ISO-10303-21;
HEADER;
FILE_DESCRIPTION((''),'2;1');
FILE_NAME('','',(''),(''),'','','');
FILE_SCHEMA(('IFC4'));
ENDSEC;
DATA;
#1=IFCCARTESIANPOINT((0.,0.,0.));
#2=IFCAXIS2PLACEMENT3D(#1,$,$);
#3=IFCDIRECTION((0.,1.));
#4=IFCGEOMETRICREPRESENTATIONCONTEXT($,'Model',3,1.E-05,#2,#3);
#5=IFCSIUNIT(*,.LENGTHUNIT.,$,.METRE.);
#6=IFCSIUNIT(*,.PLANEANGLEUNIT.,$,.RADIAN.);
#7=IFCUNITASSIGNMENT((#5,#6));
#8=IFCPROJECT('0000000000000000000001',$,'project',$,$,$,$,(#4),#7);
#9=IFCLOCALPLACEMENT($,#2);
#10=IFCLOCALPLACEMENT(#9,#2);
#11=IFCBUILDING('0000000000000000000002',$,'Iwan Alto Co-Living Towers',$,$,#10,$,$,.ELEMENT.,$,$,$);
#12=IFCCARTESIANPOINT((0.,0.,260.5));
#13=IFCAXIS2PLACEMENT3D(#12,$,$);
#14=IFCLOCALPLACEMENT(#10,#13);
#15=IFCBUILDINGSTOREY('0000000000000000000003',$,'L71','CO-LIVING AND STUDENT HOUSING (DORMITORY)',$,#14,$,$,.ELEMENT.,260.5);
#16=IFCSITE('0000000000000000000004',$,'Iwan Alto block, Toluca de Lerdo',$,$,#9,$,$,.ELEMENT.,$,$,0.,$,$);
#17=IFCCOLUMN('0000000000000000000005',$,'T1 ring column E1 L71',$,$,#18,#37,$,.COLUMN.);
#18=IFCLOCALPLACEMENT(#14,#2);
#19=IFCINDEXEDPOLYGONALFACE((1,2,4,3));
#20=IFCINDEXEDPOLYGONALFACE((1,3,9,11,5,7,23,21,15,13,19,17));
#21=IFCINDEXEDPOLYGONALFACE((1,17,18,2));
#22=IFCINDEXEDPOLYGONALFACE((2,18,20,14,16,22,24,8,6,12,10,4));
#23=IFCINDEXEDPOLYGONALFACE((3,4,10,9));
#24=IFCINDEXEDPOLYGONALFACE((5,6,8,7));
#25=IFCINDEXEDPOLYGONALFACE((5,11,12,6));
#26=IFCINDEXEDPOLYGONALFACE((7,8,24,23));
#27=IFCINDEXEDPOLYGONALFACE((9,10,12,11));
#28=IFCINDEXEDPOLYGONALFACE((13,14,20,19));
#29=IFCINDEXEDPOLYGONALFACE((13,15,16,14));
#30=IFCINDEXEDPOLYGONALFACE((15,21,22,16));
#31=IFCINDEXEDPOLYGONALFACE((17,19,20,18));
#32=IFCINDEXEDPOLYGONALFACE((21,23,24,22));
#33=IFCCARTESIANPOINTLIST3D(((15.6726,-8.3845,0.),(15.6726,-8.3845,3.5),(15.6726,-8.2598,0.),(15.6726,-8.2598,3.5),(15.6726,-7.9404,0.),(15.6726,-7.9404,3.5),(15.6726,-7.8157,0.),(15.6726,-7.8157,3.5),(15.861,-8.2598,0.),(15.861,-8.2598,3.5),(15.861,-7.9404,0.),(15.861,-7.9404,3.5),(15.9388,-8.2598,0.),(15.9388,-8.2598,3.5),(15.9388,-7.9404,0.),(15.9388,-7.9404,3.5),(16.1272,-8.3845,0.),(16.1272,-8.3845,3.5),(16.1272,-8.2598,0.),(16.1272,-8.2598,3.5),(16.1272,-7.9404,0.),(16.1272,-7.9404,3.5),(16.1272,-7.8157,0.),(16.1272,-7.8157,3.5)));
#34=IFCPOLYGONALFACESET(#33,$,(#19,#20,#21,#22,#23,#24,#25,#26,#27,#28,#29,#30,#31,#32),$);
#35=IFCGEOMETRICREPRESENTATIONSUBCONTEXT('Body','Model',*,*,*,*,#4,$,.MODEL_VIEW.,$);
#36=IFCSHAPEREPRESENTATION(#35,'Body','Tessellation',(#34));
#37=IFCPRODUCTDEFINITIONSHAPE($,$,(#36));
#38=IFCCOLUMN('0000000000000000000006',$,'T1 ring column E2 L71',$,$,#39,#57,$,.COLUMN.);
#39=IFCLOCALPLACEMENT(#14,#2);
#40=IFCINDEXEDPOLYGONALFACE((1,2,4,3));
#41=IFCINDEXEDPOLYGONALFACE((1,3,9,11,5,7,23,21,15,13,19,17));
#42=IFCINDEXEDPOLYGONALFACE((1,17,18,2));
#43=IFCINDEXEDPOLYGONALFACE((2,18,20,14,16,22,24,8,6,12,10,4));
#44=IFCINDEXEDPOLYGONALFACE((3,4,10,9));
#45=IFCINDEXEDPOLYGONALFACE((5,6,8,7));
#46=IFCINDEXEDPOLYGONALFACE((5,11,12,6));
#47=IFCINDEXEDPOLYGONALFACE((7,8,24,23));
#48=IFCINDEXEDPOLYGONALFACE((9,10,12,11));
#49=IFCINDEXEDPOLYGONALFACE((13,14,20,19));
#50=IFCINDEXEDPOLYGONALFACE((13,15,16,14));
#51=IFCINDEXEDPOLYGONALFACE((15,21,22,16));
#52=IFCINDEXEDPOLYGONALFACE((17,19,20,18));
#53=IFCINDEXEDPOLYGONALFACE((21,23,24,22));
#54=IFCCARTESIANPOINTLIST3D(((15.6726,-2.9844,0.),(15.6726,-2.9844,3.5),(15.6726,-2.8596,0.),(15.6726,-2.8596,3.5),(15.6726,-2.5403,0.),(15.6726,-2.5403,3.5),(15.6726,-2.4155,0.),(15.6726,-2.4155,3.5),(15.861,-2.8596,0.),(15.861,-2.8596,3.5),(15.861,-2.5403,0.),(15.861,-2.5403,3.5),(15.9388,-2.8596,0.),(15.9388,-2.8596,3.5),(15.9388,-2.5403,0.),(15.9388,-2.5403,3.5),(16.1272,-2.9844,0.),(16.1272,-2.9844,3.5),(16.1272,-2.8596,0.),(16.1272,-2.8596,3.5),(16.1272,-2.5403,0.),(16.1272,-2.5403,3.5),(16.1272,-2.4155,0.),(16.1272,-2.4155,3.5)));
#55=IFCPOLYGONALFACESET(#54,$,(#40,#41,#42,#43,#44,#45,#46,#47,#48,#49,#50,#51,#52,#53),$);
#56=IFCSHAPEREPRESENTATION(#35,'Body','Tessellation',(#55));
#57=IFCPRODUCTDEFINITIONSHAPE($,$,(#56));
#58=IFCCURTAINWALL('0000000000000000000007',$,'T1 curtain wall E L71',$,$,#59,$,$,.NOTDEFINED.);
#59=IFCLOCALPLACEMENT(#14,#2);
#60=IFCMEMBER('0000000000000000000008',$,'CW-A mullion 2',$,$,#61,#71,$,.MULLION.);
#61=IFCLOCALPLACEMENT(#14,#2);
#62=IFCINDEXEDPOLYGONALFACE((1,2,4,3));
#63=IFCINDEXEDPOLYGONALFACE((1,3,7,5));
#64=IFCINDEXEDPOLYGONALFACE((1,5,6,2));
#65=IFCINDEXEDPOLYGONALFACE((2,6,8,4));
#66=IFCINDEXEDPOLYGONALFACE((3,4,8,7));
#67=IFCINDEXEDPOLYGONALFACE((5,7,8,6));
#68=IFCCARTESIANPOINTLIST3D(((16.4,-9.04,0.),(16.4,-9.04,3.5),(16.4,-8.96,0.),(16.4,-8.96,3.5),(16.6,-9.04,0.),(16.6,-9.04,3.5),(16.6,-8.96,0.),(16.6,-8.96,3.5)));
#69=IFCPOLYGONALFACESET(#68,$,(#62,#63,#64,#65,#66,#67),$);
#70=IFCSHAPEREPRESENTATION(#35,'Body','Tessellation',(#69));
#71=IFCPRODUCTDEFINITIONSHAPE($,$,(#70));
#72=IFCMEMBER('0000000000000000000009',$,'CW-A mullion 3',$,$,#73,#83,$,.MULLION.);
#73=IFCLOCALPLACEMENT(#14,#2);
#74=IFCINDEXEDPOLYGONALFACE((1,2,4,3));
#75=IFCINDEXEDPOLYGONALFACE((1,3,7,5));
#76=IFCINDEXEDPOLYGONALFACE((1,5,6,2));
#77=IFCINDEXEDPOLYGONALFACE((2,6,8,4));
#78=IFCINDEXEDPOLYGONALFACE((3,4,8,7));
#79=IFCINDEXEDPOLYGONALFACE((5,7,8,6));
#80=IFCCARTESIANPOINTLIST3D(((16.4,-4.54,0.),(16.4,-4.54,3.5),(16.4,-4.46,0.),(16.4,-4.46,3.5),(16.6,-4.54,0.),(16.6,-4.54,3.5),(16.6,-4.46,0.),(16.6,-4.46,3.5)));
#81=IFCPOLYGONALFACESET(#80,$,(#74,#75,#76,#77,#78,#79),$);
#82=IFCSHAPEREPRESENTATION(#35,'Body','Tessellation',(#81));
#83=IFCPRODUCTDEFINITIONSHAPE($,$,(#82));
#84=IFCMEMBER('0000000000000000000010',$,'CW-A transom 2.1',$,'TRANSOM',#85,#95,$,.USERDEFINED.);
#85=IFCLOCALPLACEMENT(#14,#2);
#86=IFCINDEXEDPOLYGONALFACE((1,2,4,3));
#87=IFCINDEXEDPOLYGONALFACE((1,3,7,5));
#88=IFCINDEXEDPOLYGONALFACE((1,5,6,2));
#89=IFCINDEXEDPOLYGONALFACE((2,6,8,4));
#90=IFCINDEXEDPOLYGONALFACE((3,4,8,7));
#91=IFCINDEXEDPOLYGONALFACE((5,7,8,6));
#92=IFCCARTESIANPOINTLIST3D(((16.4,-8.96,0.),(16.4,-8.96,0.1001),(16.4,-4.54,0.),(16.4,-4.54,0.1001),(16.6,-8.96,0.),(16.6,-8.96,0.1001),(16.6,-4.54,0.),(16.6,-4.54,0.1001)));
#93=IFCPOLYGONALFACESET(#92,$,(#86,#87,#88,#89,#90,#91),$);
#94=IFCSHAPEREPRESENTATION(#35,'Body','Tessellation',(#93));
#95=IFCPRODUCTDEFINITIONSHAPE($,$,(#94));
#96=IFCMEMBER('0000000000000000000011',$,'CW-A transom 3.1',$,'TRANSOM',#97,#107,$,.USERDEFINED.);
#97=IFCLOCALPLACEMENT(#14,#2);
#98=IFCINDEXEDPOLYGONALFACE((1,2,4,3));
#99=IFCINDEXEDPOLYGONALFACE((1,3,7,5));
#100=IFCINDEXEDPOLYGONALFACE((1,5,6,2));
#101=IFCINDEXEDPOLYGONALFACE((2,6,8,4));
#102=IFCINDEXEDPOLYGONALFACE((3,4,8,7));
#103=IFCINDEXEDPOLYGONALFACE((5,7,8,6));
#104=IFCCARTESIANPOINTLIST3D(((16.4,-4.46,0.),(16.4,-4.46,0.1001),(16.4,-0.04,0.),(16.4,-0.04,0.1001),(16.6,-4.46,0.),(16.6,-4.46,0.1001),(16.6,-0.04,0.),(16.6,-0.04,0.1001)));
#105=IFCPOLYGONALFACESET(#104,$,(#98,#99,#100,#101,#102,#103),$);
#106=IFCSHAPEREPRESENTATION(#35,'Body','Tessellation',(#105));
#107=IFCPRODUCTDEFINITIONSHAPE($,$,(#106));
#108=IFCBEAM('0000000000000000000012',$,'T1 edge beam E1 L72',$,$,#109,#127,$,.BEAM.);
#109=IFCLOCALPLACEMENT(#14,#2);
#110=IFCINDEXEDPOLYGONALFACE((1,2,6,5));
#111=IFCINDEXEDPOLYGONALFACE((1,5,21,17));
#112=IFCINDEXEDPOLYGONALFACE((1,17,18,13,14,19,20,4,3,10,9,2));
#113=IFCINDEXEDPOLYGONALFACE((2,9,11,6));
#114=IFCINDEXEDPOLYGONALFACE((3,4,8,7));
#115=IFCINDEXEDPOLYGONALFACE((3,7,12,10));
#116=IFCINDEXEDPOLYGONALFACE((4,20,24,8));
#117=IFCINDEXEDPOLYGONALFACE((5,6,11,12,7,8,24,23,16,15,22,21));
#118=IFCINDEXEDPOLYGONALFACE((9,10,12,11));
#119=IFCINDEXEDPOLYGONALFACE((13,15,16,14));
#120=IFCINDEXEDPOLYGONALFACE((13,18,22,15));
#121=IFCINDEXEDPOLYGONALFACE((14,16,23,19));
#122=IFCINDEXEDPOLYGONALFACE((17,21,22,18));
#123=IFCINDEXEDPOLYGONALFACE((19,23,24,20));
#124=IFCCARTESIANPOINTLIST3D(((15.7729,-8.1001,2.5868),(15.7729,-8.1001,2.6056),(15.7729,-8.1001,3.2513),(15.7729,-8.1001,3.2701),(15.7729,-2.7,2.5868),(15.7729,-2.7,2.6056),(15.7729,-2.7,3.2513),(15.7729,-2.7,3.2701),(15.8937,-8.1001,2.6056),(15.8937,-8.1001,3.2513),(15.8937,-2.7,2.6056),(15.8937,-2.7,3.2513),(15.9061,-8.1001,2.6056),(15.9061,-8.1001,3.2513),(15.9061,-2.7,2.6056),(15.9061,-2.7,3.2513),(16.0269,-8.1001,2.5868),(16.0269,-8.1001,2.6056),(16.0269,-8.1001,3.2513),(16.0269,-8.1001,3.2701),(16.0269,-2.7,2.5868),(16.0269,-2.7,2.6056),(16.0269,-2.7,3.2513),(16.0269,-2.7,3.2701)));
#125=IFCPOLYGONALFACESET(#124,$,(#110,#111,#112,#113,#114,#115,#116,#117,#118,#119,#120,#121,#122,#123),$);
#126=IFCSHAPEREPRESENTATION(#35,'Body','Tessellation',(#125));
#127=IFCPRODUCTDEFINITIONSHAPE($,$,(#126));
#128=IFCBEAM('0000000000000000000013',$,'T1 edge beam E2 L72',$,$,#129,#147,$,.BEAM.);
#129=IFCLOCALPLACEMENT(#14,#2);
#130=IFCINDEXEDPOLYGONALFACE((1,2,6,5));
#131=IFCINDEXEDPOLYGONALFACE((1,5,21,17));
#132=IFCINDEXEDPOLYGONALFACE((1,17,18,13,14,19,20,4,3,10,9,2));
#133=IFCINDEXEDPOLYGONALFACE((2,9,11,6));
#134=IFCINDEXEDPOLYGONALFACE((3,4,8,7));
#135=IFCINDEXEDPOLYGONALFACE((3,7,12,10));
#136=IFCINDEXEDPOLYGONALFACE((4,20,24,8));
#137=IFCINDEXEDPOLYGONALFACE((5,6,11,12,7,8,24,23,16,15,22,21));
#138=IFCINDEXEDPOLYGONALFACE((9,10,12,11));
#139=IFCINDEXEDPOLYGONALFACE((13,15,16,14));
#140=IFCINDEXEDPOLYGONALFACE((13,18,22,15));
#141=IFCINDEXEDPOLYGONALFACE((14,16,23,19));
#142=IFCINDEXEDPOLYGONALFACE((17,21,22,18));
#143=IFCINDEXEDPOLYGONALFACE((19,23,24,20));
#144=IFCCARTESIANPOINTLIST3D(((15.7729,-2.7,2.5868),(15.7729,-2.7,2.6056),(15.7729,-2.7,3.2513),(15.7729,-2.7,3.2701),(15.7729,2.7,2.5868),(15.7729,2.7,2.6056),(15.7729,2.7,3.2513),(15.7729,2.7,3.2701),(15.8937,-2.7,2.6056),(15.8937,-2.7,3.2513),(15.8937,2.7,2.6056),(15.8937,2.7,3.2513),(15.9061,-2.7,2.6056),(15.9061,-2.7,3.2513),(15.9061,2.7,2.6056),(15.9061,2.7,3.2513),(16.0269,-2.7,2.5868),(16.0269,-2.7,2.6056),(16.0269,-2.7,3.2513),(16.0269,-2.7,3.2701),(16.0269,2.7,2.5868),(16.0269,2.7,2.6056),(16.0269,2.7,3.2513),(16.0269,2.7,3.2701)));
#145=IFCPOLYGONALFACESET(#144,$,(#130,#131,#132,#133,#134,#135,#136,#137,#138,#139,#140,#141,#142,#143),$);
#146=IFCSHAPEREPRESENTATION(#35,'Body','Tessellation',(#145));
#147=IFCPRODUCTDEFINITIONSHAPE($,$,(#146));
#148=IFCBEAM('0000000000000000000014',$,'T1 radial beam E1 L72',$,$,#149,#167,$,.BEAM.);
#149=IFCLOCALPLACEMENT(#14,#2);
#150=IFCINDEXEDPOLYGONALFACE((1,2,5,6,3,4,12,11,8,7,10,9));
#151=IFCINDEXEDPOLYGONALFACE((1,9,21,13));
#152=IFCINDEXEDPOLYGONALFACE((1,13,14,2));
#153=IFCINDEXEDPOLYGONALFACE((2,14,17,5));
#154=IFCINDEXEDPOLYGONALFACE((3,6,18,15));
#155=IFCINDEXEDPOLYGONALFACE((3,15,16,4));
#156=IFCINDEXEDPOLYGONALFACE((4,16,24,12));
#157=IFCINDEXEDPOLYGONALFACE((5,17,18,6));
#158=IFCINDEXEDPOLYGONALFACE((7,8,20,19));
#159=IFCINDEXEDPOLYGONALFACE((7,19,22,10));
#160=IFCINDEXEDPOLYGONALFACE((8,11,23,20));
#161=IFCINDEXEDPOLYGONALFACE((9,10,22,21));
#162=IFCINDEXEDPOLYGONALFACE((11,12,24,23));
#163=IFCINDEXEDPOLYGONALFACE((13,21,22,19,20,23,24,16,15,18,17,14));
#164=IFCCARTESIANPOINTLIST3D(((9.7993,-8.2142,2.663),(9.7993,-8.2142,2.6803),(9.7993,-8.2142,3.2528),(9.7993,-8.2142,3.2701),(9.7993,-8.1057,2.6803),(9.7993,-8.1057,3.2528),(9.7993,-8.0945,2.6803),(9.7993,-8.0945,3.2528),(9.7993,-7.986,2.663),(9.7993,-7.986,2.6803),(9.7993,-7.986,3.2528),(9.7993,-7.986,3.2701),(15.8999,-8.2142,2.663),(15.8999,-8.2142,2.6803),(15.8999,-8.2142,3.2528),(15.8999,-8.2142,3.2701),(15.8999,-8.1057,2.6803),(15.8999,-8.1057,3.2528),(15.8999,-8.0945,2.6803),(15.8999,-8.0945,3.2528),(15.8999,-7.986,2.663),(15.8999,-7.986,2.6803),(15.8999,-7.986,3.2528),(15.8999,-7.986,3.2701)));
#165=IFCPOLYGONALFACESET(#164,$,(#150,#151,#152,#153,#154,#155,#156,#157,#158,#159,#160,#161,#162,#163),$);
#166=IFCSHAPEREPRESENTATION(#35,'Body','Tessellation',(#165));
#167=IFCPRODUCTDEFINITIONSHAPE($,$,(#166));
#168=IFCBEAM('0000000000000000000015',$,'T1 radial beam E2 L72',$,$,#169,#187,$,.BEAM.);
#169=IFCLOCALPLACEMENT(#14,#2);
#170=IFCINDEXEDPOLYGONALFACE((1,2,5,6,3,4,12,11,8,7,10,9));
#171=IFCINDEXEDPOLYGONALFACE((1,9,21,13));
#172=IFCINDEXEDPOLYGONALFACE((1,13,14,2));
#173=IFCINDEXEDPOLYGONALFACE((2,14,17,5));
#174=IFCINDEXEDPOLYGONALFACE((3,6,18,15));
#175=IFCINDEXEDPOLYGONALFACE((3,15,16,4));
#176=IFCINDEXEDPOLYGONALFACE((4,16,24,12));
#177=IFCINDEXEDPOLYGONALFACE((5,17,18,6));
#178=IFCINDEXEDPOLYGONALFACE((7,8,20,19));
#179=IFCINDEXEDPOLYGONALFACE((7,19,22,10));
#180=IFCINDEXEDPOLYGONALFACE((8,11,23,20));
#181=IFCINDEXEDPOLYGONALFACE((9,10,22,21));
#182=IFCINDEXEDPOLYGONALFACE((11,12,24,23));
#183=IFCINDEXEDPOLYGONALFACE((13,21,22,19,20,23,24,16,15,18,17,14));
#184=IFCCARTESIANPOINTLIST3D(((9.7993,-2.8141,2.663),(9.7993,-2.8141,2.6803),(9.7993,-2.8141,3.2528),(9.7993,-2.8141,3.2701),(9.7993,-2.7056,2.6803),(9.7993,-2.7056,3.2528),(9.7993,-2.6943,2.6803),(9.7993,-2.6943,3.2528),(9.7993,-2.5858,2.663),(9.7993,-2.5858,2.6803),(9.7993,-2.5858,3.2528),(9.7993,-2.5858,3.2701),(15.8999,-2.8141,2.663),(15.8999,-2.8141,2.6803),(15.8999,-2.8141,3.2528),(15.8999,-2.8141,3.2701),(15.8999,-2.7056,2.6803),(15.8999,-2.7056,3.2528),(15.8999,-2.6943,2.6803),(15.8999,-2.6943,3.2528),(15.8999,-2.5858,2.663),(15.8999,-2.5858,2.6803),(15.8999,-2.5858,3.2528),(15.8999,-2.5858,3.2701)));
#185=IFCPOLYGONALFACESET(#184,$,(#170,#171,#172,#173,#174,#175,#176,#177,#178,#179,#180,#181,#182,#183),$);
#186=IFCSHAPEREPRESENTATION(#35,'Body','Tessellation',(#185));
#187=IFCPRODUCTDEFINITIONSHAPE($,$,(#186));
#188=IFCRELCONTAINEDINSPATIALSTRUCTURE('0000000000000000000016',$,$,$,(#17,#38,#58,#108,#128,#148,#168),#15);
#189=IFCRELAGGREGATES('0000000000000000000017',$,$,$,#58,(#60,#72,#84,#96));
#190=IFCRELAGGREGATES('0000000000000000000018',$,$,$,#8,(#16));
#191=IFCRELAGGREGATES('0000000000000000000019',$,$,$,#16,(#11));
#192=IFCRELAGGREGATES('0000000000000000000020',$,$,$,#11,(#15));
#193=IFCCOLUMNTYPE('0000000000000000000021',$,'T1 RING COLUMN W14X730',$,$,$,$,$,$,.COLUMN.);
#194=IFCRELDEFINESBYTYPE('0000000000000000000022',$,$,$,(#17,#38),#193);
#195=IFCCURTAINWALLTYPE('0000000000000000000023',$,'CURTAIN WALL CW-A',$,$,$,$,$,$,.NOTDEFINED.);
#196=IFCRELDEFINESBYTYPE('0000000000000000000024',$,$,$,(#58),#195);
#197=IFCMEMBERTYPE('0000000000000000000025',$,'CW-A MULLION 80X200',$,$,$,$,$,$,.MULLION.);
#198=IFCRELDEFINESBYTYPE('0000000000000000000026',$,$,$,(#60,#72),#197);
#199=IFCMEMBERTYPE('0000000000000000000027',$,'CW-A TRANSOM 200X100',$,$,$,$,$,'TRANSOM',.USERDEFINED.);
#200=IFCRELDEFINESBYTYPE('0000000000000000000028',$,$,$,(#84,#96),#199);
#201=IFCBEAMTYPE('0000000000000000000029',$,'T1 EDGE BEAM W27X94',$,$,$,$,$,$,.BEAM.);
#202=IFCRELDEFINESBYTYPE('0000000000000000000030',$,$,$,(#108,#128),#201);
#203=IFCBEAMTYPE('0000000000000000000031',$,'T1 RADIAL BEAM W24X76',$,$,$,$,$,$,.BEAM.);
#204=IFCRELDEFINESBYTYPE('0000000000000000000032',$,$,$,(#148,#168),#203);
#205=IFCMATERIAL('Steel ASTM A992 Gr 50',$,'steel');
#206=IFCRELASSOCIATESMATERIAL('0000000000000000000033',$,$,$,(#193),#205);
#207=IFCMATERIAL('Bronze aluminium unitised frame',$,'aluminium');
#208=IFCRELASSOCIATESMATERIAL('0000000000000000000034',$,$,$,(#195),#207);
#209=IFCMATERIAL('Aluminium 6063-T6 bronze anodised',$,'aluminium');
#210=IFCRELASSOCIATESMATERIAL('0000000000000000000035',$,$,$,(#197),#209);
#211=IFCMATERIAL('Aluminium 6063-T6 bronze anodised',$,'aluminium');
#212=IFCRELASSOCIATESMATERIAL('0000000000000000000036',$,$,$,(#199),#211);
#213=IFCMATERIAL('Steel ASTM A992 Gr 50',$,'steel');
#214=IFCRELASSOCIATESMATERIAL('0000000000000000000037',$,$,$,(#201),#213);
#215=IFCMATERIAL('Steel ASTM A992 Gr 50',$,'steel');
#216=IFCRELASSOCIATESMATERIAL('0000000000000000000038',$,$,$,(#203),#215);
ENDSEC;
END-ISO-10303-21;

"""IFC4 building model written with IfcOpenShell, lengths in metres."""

from ifc_helpers import new_model, si_unit, direction, frame, origin, origin_2d, place, context, subcontext, project, spatial, rectangle, i_section, extrude, material, material_profile, profile_set, type_object, element, aggregate, save


model = new_model("IFC4")

# Units and contexts
model_context = context("Model", 3, precision=1e-05, world=origin(), true_north=direction((0.0, 1.0)))
body_context = subcontext(model_context, "Body", "Model", "MODEL_VIEW")
ifc_project = project(units=[si_unit("LENGTHUNIT", "METRE"), si_unit("PLANEANGLEUNIT", "RADIAN")], contexts=[model_context])

# Site, building, storey
site_placement = place(None, origin())
site = spatial("IfcSite", under=ifc_project, at=site_placement, Name="Iwan Alto block, Toluca de Lerdo", CompositionType="ELEMENT", RefElevation=0.0)
building_placement = place(site_placement, origin())
building = spatial("IfcBuilding", under=site, at=building_placement, Name="Iwan Alto Co-Living Towers", CompositionType="ELEMENT")
storey_placement = place(building_placement, frame((0.0, 0.0, 260.5)))
storey = spatial("IfcBuildingStorey", under=building, at=storey_placement, Name="L71", Description="CO-LIVING AND STUDENT HOUSING (DORMITORY)", CompositionType="ELEMENT", Elevation=260.5)

# Columns
ifc_material_1 = material(Name="Steel ASTM A992 Gr 50", Category="steel")
ifc_material_profile_1 = material_profile(ifc_material_1, i_section(OverallWidth=0.4546, OverallDepth=0.5688, WebThickness=0.0779, FlangeThickness=0.1248, at=origin_2d()), Name="W14X730")
ifc_profile_set_1 = profile_set([ifc_material_profile_1], Name="Steel ASTM A992 Gr 50")
column_type = type_object("IfcColumnType", Name="T1 RING COLUMN W14X730", PredefinedType="COLUMN", material=ifc_profile_set_1)
for number, where, z_axis, x_axis, name in (
    (1, (15.8999, -8.1001, 0.0), (0.0, 0.0, 1.0), (1.0, 0.0, 0.0), "T1 ring column E1 L71"),
    (2, (15.8999, -2.7, 0.0), (0.0, 0.0, 1.0), (1.0, 0.0, 0.0), "T1 ring column E2 L71"),
):
    element("IfcColumn", number, at=place(storey_placement, frame(where, z_axis=z_axis, x_axis=x_axis)), inside=storey, type_object=column_type, Name=name, PredefinedType="COLUMN", context=body_context, shape_type="SweptSolid", body=[
        extrude(i_section(OverallWidth=0.4546, OverallDepth=0.5688, WebThickness=0.0779, FlangeThickness=0.1248, at=origin_2d()), origin(), (0.0, 0.0, 1.0), 3.5),
    ])

# Curtain wall, members
ifc_material_2 = material(Name="Bronze aluminium unitised frame", Category="aluminium")
curtain_wall_type = type_object("IfcCurtainWallType", Name="CURTAIN WALL CW-A", PredefinedType="NOTDEFINED", material=ifc_material_2)
curtain_wall_placement = place(storey_placement, origin())
curtain_wall = element("IfcCurtainWall", 3, at=curtain_wall_placement, inside=storey, type_object=curtain_wall_type, Name="T1 curtain wall E L71", PredefinedType="NOTDEFINED")
ifc_material_3 = material(Name="Aluminium 6063-T6 bronze anodised", Category="aluminium")
ifc_material_profile_2 = material_profile(ifc_material_3, rectangle(XDim=0.2, YDim=0.0801, at=origin_2d()), Name="AL 80X200")
ifc_profile_set_2 = profile_set([ifc_material_profile_2], Name="Aluminium 6063-T6 bronze anodised")
member_type_1 = type_object("IfcMemberType", Name="CW-A MULLION 80X200", PredefinedType="MULLION", material=ifc_profile_set_2)
member_1_placement = place(storey_placement, frame((16.5, -9.0, 0.0), z_axis=(0.0, 0.0, 1.0), x_axis=(-1.0, 0.0, 0.0)))
member_1 = element("IfcMember", 4, at=member_1_placement, type_object=member_type_1, Name="CW-A mullion 2", PredefinedType="MULLION", context=body_context, shape_type="SweptSolid", body=[
    extrude(rectangle(XDim=0.2, YDim=0.0801, at=origin_2d()), origin(), (0.0, 0.0, 1.0), 3.5),
])
member_2_placement = place(storey_placement, frame((16.5, -4.5, 0.0), z_axis=(0.0, 0.0, 1.0), x_axis=(-1.0, 0.0, 0.0)))
member_2 = element("IfcMember", 5, at=member_2_placement, type_object=member_type_1, Name="CW-A mullion 3", PredefinedType="MULLION", context=body_context, shape_type="SweptSolid", body=[
    extrude(rectangle(XDim=0.2, YDim=0.0801, at=origin_2d()), origin(), (0.0, 0.0, 1.0), 3.5),
])
ifc_material_4 = material(Name="Aluminium 6063-T6 bronze anodised", Category="aluminium")
ifc_material_profile_3 = material_profile(ifc_material_4, rectangle(XDim=0.2, YDim=0.1001, at=origin_2d()), Name="AL 200X100")
ifc_profile_set_3 = profile_set([ifc_material_profile_3], Name="Aluminium 6063-T6 bronze anodised")
member_type_2 = type_object("IfcMemberType", Name="CW-A TRANSOM 200X100", ElementType="TRANSOM", PredefinedType="USERDEFINED", material=ifc_profile_set_3)
member_3_placement = place(storey_placement, frame((16.5, -8.96, 0.05), z_axis=(0.0, 1.0, 0.0), x_axis=(-1.0, 0.0, 0.0)))
member_3 = element("IfcMember", 6, at=member_3_placement, type_object=member_type_2, Name="CW-A transom 2.1", ObjectType="TRANSOM", PredefinedType="USERDEFINED", context=body_context, shape_type="SweptSolid", body=[
    extrude(rectangle(XDim=0.2, YDim=0.1001, at=origin_2d()), origin(), (0.0, 0.0, 1.0), 4.4199),
])
member_4_placement = place(storey_placement, frame((16.5, -4.46, 0.05), z_axis=(0.0, 1.0, 0.0), x_axis=(-1.0, 0.0, 0.0)))
member_4 = element("IfcMember", 7, at=member_4_placement, type_object=member_type_2, Name="CW-A transom 3.1", ObjectType="TRANSOM", PredefinedType="USERDEFINED", context=body_context, shape_type="SweptSolid", body=[
    extrude(rectangle(XDim=0.2, YDim=0.1001, at=origin_2d()), origin(), (0.0, 0.0, 1.0), 4.4199),
])

# Beams
ifc_material_5 = material(Name="Steel ASTM A992 Gr 50", Category="steel")
ifc_material_profile_4 = material_profile(ifc_material_5, i_section(OverallWidth=0.2539, OverallDepth=0.6833, WebThickness=0.0125, FlangeThickness=0.0188, at=origin_2d()), Name="W27X94")
ifc_profile_set_4 = profile_set([ifc_material_profile_4], Name="Steel ASTM A992 Gr 50")
beam_type_1 = type_object("IfcBeamType", Name="T1 EDGE BEAM W27X94", PredefinedType="BEAM", material=ifc_profile_set_4)
beam_1_placement = place(storey_placement, frame((15.8999, -8.1001, 2.9285), z_axis=(0.0, 1.0, 0.0), x_axis=(-1.0, 0.0, 0.0)))
element("IfcBeam", 8, at=beam_1_placement, inside=storey, type_object=beam_type_1, Name="T1 edge beam E1 L72", PredefinedType="BEAM", context=body_context, shape_type="SweptSolid", body=[
    extrude(i_section(OverallWidth=0.2539, OverallDepth=0.6833, WebThickness=0.0125, FlangeThickness=0.0188, at=origin_2d()), origin(), (0.0, 0.0, 1.0), 5.4001),
])
beam_2_placement = place(storey_placement, frame((15.8999, -2.7, 2.9285), z_axis=(0.0, 1.0, 0.0), x_axis=(-1.0, 0.0, 0.0)))
element("IfcBeam", 9, at=beam_2_placement, inside=storey, type_object=beam_type_1, Name="T1 edge beam E2 L72", PredefinedType="BEAM", context=body_context, shape_type="SweptSolid", body=[
    extrude(i_section(OverallWidth=0.2539, OverallDepth=0.6833, WebThickness=0.0125, FlangeThickness=0.0188, at=origin_2d()), origin(), (0.0, 0.0, 1.0), 5.3999),
])
ifc_material_6 = material(Name="Steel ASTM A992 Gr 50", Category="steel")
ifc_material_profile_5 = material_profile(ifc_material_6, i_section(OverallWidth=0.2283, OverallDepth=0.6072, WebThickness=0.0112, FlangeThickness=0.0173, at=origin_2d()), Name="W24X76")
ifc_profile_set_5 = profile_set([ifc_material_profile_5], Name="Steel ASTM A992 Gr 50")
beam_type_2 = type_object("IfcBeamType", Name="T1 RADIAL BEAM W24X76", PredefinedType="BEAM", material=ifc_profile_set_5)
for number, where, z_axis, x_axis, name in (
    (10, (15.8999, -8.1001, 2.9666), (-1.0, 0.0, 0.0), (0.0, -1.0, 0.0), "T1 radial beam E1 L72"),
    (11, (15.8999, -2.7, 2.9666), (-1.0, 0.0, 0.0), (0.0, -1.0, 0.0), "T1 radial beam E2 L72"),
):
    element("IfcBeam", number, at=place(storey_placement, frame(where, z_axis=z_axis, x_axis=x_axis)), inside=storey, type_object=beam_type_2, Name=name, PredefinedType="BEAM", context=body_context, shape_type="SweptSolid", body=[
        extrude(i_section(OverallWidth=0.2283, OverallDepth=0.6072, WebThickness=0.0112, FlangeThickness=0.0173, at=origin_2d()), origin(), (0.0, 0.0, 1.0), 6.1006),
    ])

aggregate(curtain_wall, [member_1, member_2, member_3, member_4])

save(model, "model.ifc")
